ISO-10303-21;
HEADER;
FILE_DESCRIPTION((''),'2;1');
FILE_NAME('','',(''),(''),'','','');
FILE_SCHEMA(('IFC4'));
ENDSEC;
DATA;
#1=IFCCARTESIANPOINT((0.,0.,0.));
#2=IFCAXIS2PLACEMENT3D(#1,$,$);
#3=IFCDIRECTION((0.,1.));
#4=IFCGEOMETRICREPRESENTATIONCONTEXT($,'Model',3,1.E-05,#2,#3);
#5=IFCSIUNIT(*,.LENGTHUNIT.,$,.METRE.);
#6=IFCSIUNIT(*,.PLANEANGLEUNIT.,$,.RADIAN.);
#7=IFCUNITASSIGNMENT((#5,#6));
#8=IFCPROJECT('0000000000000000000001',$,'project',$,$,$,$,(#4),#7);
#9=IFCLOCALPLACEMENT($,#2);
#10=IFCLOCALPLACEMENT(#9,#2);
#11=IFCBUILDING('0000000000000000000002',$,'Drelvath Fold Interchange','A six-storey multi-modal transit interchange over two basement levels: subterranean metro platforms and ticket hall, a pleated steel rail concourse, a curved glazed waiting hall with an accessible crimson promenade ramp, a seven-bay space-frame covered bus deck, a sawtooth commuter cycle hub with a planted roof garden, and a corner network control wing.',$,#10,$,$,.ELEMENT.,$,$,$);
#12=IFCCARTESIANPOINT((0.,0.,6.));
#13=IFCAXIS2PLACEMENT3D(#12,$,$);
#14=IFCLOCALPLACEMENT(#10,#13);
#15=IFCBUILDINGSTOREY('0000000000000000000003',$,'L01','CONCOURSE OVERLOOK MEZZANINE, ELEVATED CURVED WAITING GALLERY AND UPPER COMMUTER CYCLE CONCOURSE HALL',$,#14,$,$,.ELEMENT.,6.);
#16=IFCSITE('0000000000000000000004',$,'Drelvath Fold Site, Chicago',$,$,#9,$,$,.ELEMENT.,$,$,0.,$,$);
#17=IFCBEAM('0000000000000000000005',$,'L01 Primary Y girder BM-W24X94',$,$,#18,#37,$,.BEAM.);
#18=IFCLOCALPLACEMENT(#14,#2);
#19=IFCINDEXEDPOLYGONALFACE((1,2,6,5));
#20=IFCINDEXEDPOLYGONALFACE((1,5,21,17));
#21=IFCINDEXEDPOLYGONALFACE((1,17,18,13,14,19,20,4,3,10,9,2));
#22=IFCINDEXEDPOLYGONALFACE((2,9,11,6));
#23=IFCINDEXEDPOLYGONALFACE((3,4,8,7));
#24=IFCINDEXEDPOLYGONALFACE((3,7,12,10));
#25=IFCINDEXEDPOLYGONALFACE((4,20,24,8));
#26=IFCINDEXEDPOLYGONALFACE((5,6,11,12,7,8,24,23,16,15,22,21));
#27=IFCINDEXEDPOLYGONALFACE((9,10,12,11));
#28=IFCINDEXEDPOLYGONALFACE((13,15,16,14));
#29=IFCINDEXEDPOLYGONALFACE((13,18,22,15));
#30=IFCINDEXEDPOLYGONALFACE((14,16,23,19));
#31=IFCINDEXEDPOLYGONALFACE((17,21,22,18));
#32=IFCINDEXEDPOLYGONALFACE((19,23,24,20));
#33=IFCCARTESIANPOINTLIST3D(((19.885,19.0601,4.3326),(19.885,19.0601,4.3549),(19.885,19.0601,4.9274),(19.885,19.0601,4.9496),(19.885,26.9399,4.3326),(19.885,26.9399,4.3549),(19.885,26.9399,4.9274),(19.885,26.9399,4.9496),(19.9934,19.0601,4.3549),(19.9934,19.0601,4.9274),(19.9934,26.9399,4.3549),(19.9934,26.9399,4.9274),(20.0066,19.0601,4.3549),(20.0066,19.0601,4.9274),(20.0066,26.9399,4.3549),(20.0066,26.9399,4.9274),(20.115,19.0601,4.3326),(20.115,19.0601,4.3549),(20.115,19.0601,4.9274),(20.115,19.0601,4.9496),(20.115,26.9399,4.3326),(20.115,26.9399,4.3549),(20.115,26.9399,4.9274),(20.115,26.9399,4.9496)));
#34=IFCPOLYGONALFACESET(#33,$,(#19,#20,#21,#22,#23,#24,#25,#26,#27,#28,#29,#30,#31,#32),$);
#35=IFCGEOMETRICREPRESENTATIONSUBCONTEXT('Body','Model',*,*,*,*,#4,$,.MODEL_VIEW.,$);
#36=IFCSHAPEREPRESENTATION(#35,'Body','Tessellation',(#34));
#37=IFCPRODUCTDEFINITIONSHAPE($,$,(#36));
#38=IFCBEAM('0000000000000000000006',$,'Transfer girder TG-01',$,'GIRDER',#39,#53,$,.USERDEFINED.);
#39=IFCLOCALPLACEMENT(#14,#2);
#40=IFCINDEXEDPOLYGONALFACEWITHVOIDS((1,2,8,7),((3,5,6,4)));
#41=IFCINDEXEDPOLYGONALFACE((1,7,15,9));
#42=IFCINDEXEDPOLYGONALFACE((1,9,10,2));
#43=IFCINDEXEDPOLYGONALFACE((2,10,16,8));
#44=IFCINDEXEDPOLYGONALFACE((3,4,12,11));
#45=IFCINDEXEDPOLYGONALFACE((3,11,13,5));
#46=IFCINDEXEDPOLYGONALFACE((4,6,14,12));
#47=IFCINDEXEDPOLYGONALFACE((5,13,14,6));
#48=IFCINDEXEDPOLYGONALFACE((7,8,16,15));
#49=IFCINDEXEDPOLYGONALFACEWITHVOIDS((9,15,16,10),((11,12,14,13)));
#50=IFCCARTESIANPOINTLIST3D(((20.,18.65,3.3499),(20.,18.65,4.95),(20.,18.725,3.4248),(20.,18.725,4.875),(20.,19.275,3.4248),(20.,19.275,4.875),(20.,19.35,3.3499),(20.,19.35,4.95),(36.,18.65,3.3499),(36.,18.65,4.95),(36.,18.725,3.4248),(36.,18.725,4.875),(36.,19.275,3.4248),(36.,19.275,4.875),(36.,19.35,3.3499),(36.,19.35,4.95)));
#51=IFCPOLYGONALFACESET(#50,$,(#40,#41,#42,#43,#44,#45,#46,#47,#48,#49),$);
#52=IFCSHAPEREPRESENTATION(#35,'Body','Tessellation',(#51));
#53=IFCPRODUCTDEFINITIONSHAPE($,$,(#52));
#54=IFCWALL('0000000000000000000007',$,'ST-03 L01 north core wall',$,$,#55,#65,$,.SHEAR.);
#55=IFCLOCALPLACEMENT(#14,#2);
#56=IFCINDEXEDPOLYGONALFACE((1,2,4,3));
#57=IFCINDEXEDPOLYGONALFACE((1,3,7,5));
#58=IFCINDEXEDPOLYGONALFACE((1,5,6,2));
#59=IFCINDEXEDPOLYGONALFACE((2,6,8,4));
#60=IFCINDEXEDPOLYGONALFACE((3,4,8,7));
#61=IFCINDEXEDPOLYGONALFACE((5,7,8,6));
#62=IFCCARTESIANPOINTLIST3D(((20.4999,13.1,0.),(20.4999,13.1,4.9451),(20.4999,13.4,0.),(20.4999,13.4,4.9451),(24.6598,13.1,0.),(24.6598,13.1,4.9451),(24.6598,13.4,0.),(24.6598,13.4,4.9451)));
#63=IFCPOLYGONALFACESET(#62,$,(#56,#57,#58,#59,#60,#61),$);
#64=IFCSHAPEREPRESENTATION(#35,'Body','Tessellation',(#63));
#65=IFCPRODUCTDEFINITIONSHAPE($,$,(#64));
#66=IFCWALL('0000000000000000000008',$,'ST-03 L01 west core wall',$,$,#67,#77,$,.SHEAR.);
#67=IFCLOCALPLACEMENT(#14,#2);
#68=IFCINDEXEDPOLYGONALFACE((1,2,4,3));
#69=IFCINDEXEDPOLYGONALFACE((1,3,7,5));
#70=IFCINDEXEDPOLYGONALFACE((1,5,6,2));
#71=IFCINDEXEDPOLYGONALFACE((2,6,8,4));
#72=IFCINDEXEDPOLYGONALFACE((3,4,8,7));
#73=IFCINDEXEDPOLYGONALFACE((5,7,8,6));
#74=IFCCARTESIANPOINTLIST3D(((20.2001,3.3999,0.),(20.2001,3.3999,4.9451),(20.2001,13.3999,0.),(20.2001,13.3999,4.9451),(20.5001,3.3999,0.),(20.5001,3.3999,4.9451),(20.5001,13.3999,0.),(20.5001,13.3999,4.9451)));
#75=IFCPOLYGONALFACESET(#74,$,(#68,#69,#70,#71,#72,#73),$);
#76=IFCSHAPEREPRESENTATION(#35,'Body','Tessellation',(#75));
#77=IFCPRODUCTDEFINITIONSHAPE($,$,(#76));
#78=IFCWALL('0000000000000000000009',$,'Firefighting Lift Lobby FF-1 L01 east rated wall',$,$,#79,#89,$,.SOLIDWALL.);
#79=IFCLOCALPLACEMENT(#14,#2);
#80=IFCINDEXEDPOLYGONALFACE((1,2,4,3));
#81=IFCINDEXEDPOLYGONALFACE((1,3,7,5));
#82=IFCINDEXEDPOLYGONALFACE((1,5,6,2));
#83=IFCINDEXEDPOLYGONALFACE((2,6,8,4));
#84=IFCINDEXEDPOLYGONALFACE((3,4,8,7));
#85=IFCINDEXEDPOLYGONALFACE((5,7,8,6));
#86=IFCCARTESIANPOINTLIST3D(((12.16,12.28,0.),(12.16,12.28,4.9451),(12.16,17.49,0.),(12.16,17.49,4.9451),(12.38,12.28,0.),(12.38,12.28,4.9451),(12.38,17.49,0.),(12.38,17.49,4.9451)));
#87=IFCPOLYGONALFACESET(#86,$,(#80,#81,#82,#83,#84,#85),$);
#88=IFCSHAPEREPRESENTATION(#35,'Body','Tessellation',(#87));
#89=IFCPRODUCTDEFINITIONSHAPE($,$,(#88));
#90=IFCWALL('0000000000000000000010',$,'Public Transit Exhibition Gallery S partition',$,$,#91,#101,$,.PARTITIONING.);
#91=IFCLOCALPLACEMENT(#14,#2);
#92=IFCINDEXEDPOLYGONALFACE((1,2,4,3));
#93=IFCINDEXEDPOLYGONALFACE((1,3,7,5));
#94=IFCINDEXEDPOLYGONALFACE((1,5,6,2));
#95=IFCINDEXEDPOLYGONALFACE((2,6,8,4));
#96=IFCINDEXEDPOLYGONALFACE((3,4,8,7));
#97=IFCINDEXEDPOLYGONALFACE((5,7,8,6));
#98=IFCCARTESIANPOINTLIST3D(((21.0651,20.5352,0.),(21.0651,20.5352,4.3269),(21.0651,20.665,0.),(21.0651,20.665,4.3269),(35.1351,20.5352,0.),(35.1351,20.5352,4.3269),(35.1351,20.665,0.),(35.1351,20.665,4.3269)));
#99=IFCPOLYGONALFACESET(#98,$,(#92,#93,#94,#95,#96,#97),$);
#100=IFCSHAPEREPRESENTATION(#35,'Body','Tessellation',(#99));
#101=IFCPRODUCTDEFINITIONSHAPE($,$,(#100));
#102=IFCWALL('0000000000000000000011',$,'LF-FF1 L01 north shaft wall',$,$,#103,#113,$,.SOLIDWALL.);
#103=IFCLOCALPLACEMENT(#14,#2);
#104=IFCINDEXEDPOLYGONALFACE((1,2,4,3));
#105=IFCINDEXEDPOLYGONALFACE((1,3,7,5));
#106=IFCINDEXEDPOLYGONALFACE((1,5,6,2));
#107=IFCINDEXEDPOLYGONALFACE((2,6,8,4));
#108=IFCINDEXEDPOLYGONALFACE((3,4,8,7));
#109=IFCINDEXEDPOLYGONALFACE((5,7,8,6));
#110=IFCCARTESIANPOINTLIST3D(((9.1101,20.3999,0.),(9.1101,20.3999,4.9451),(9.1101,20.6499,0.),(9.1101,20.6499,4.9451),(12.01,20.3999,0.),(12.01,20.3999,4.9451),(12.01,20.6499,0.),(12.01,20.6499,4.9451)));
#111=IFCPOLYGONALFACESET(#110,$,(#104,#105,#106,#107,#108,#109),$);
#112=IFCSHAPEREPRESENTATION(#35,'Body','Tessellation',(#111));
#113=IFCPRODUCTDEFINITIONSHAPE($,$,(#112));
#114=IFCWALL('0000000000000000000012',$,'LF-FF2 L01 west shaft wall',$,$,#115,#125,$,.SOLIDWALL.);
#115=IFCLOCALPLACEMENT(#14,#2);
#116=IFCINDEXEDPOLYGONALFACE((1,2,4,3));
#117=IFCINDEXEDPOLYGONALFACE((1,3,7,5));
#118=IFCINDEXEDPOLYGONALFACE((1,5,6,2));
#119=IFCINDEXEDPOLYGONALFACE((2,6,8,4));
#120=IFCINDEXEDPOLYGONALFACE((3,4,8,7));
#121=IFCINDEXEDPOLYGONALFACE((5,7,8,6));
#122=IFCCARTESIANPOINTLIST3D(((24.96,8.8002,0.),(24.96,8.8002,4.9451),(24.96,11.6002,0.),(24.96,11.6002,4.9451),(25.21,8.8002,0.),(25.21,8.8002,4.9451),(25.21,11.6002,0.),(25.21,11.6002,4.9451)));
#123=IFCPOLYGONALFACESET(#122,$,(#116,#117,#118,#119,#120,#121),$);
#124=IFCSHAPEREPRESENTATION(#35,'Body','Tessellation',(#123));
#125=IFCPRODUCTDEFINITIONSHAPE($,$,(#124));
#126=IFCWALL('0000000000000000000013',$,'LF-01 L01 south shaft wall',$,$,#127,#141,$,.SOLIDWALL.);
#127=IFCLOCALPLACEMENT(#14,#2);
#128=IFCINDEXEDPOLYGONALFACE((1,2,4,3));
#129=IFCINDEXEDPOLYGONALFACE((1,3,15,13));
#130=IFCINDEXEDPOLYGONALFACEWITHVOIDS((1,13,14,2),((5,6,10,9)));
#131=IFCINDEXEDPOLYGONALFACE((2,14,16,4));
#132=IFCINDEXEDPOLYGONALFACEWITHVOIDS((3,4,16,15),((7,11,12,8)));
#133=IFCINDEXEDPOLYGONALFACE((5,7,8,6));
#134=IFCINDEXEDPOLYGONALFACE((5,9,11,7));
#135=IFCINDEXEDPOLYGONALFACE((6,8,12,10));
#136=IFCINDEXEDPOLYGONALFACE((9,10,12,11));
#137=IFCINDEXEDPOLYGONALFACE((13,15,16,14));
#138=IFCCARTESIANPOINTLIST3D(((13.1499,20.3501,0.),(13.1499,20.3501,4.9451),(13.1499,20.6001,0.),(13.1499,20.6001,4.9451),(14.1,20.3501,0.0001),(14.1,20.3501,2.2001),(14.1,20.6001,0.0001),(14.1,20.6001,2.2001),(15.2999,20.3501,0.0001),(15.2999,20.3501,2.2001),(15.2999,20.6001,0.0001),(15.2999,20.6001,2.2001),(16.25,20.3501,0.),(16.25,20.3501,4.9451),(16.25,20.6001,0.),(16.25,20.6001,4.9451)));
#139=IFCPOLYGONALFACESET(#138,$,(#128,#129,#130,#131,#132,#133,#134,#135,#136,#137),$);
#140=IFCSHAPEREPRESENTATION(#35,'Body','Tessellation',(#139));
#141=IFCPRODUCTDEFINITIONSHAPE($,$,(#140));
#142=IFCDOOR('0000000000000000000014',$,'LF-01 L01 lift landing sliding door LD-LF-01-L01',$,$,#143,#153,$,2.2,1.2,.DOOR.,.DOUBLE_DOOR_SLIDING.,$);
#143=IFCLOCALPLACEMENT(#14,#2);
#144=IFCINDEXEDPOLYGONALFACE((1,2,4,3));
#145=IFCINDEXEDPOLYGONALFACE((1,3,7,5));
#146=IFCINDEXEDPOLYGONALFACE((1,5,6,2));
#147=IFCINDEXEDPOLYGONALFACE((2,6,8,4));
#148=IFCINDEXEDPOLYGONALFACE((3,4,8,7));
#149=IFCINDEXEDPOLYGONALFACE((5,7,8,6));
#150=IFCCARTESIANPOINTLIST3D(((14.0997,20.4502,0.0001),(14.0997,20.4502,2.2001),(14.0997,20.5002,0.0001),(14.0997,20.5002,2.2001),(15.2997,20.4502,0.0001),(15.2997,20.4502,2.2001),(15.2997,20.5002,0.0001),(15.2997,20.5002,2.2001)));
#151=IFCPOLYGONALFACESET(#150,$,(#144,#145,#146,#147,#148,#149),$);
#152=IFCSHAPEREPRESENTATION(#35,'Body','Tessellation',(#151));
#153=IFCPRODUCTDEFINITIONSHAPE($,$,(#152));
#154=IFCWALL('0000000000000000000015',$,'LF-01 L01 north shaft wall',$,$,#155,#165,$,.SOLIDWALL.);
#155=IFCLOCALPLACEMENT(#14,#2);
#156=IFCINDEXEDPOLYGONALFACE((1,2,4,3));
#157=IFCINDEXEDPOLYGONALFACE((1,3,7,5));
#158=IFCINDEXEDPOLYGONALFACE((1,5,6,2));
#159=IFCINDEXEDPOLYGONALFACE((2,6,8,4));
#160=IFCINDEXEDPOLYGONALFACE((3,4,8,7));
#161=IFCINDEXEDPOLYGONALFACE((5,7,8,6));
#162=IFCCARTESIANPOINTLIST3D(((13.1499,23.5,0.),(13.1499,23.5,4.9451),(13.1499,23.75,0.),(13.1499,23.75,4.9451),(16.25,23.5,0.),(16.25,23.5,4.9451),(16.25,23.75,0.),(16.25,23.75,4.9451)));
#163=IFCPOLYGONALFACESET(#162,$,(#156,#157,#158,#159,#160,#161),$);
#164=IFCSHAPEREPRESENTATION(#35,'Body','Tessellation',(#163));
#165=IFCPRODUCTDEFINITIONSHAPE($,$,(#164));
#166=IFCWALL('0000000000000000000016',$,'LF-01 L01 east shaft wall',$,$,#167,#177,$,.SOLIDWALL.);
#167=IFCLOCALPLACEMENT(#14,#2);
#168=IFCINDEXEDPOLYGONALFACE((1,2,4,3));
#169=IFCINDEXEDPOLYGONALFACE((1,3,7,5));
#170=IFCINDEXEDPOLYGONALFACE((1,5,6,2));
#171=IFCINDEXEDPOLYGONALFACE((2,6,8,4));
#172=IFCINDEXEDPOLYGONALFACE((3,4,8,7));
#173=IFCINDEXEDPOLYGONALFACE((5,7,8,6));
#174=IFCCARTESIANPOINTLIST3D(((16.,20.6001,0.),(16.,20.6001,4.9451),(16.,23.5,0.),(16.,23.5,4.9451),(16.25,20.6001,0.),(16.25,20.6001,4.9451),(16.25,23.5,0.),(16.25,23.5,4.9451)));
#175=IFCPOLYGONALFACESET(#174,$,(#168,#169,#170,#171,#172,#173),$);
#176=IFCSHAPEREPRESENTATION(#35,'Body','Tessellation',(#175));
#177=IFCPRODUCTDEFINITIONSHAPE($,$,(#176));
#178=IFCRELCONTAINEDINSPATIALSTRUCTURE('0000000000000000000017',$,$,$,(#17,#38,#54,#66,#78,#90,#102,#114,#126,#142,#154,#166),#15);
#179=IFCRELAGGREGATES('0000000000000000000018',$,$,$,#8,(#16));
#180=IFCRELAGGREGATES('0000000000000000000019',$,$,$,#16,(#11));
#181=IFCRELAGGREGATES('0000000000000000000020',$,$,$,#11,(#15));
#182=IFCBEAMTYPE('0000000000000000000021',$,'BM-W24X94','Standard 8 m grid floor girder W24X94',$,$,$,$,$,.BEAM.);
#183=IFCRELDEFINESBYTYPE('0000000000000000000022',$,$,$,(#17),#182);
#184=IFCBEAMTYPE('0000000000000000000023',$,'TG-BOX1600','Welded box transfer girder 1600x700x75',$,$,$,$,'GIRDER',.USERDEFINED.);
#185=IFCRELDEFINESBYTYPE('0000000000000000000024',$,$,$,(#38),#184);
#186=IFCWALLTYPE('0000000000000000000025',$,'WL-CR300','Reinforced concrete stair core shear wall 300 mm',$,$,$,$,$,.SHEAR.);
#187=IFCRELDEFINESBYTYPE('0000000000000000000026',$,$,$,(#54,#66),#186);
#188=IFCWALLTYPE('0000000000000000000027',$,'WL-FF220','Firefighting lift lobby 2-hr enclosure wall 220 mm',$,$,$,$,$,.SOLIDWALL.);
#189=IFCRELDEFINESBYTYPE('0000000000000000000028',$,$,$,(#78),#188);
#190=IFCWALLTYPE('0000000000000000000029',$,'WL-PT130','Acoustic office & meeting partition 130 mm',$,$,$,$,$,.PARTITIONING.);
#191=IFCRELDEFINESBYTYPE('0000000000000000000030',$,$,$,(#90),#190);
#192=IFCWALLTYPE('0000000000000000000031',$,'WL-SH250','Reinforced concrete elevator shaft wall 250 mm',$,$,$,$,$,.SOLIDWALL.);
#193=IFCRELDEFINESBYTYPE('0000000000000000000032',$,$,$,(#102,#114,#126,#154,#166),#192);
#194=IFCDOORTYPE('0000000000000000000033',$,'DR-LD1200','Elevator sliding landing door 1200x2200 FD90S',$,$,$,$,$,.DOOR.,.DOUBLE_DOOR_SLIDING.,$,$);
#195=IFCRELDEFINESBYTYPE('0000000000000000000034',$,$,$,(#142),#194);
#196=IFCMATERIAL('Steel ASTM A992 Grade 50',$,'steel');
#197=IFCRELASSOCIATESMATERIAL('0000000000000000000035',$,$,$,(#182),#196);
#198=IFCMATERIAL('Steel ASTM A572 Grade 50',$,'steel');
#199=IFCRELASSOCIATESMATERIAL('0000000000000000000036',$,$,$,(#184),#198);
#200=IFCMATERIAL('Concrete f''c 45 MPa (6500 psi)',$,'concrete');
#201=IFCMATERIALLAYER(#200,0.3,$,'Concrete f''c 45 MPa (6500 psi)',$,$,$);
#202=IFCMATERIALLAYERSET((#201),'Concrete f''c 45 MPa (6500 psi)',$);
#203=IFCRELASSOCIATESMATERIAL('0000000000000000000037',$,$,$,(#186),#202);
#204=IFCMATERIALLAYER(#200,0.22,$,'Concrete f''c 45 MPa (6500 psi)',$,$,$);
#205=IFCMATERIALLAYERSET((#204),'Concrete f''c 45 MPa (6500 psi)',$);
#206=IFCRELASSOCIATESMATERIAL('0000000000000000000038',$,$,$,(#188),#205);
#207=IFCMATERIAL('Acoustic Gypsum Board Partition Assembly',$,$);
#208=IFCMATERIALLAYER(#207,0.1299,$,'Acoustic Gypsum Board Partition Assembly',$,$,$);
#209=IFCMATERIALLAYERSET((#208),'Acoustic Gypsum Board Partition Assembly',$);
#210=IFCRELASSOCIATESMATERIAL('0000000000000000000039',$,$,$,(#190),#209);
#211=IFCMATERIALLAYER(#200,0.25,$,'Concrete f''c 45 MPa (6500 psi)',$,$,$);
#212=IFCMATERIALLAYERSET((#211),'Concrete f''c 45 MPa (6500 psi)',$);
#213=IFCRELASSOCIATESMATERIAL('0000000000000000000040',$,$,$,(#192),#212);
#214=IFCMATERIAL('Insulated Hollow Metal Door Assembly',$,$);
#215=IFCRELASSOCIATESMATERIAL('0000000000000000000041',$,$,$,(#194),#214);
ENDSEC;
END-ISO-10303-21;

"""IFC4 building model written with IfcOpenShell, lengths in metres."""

from ifc_helpers import new_model, si_unit, direction, frame, frame_2d, origin, origin_2d, place, context, subcontext, project, spatial, rectangle, hollow_rectangle, i_section, extrude, material, layer, layer_set, material_profile, profile_set, type_object, element, fill, save


model = new_model("IFC4")

# Units and contexts
model_context = context("Model", 3, precision=1e-05, world=origin(), true_north=direction((0.0, 1.0)))
body_context = subcontext(model_context, "Body", "Model", "MODEL_VIEW")
ifc_project = project(units=[si_unit("LENGTHUNIT", "METRE"), si_unit("PLANEANGLEUNIT", "RADIAN")], contexts=[model_context])

# Site, building, storey
site_placement = place(None, origin())
site = spatial("IfcSite", under=ifc_project, at=site_placement, Name="Drelvath Fold Site, Chicago", CompositionType="ELEMENT", RefElevation=0.0)
building_placement = place(site_placement, origin())
building = spatial("IfcBuilding", under=site, at=building_placement, Name="Drelvath Fold Interchange", Description="A six-storey multi-modal transit interchange over two basement levels: subterranean metro platforms and ticket hall, a pleated steel rail concourse, a curved glazed waiting hall with an accessible crimson promenade ramp, a seven-bay space-frame covered bus deck, a sawtooth commuter cycle hub with a planted roof garden, and a corner network control wing.", CompositionType="ELEMENT")
storey_placement = place(building_placement, frame((0.0, 0.0, 6.0)))
storey = spatial("IfcBuildingStorey", under=building, at=storey_placement, Name="L01", Description="CONCOURSE OVERLOOK MEZZANINE, ELEVATED CURVED WAITING GALLERY AND UPPER COMMUTER CYCLE CONCOURSE HALL", CompositionType="ELEMENT", Elevation=6.0)

# Shared definitions
ifc_material_1 = material(Name="Steel ASTM A992 Grade 50", Category="steel")

# Beams
ifc_material_profile_1 = material_profile(ifc_material_1, i_section(OverallWidth=0.23, OverallDepth=0.6169, WebThickness=0.0132, FlangeThickness=0.0222, at=origin_2d()), Name="W24X94")
ifc_profile_set_1 = profile_set([ifc_material_profile_1], Name="Steel ASTM A992 Grade 50")
beam_type_1 = type_object("IfcBeamType", Name="BM-W24X94", Description="Standard 8 m grid floor girder W24X94", PredefinedType="BEAM", material=ifc_profile_set_1)
for number, where, z_axis, x_axis, name in (
    (1, (20.0, 19.0601, 4.6411), (0.0, 1.0, 0.0), (-1.0, 0.0, 0.0), "L01 Primary Y girder BM-W24X94"),
):
    element("IfcBeam", number, at=place(storey_placement, frame(where, z_axis=z_axis, x_axis=x_axis)), inside=storey, type_object=beam_type_1, Name=name, PredefinedType="BEAM", context=body_context, shape_type="SweptSolid", body=[
        extrude(i_section(OverallWidth=0.23, OverallDepth=0.6169, WebThickness=0.0132, FlangeThickness=0.0222, at=origin_2d()), origin(), (0.0, 0.0, 1.0), 7.8799),
    ])
ifc_material_2 = material(Name="Steel ASTM A572 Grade 50", Category="steel")
ifc_material_profile_2 = material_profile(ifc_material_2, hollow_rectangle(XDim=0.7, YDim=1.6001, WallThickness=0.075, at=origin_2d()), Name="BOX 1600x700x75")
ifc_profile_set_2 = profile_set([ifc_material_profile_2], Name="Steel ASTM A572 Grade 50")
beam_type_2 = type_object("IfcBeamType", Name="TG-BOX1600", Description="Welded box transfer girder 1600x700x75", ElementType="GIRDER", PredefinedType="USERDEFINED", material=ifc_profile_set_2)
beam_placement = place(storey_placement, frame((20.0, 19.0, 4.1499), z_axis=(1.0, 0.0, 0.0), x_axis=(0.0, 1.0, 0.0)))
element("IfcBeam", 2, at=beam_placement, inside=storey, type_object=beam_type_2, Name="Transfer girder TG-01", ObjectType="GIRDER", PredefinedType="USERDEFINED", context=body_context, shape_type="SweptSolid", body=[
    extrude(hollow_rectangle(XDim=0.7, YDim=1.6001, WallThickness=0.075, at=origin_2d()), origin(), (0.0, 0.0, 1.0), 16.0),
])

# Walls
ifc_material_3 = material(Name="Concrete f'c 45 MPa (6500 psi)", Category="concrete")
ifc_layer_1 = layer(ifc_material_3, 0.3, Name="Concrete f'c 45 MPa (6500 psi)")
ifc_layer_set_1 = layer_set([ifc_layer_1], Name="Concrete f'c 45 MPa (6500 psi)")
wall_type_1 = type_object("IfcWallType", Name="WL-CR300", Description="Reinforced concrete stair core shear wall 300 mm", PredefinedType="SHEAR", material=ifc_layer_set_1)
wall_1_placement = place(storey_placement, frame((24.6599, 13.25, 0.0), z_axis=(0.0, 0.0, 1.0), x_axis=(-1.0, 0.0, 0.0)))
element("IfcWall", 3, at=wall_1_placement, inside=storey, type_object=wall_type_1, Name="ST-03 L01 north core wall", PredefinedType="SHEAR", context=body_context, shape_type="SweptSolid", body=[
    extrude(rectangle(XDim=4.1599, YDim=0.3, at=frame_2d((2.0801, 0.0))), origin(), (0.0, 0.0, 1.0), 4.9451),
])
wall_2_placement = place(storey_placement, frame((20.3501, 13.3999, 0.0), z_axis=(0.0, 0.0, 1.0), x_axis=(0.0, -1.0, 0.0)))
element("IfcWall", 4, at=wall_2_placement, inside=storey, type_object=wall_type_1, Name="ST-03 L01 west core wall", PredefinedType="SHEAR", context=body_context, shape_type="SweptSolid", body=[
    extrude(rectangle(XDim=10.0, YDim=0.3, at=frame_2d((5.0, 0.0))), origin(), (0.0, 0.0, 1.0), 4.9451),
])
ifc_layer_2 = layer(ifc_material_3, 0.22, Name="Concrete f'c 45 MPa (6500 psi)")
ifc_layer_set_2 = layer_set([ifc_layer_2], Name="Concrete f'c 45 MPa (6500 psi)")
wall_type_2 = type_object("IfcWallType", Name="WL-FF220", Description="Firefighting lift lobby 2-hr enclosure wall 220 mm", PredefinedType="SOLIDWALL", material=ifc_layer_set_2)
wall_3_placement = place(storey_placement, frame((12.27, 12.28, 0.0), z_axis=(0.0, 0.0, 1.0), x_axis=(0.0, 1.0, 0.0)))
element("IfcWall", 5, at=wall_3_placement, inside=storey, type_object=wall_type_2, Name="Firefighting Lift Lobby FF-1 L01 east rated wall", PredefinedType="SOLIDWALL", context=body_context, shape_type="SweptSolid", body=[
    extrude(rectangle(XDim=5.21, YDim=0.22, at=frame_2d((2.605, 0.0))), origin(), (0.0, 0.0, 1.0), 4.9451),
])
ifc_material_4 = material(Name="Acoustic Gypsum Board Partition Assembly")
ifc_layer_3 = layer(ifc_material_4, 0.1299, Name="Acoustic Gypsum Board Partition Assembly")
ifc_layer_set_3 = layer_set([ifc_layer_3], Name="Acoustic Gypsum Board Partition Assembly")
wall_type_3 = type_object("IfcWallType", Name="WL-PT130", Description="Acoustic office & meeting partition 130 mm", PredefinedType="PARTITIONING", material=ifc_layer_set_3)
wall_4_placement = place(storey_placement, frame((21.0649, 20.6001, 0.0), z_axis=(0.0, 0.0, 1.0), x_axis=(1.0, 0.0, 0.0)))
element("IfcWall", 6, at=wall_4_placement, inside=storey, type_object=wall_type_3, Name="Public Transit Exhibition Gallery S partition", PredefinedType="PARTITIONING", context=body_context, shape_type="SweptSolid", body=[
    extrude(rectangle(XDim=14.0701, YDim=0.1299, at=frame_2d((7.0352, 0.0))), origin(), (0.0, 0.0, 1.0), 4.3269),
])
ifc_layer_4 = layer(ifc_material_3, 0.25, Name="Concrete f'c 45 MPa (6500 psi)")
ifc_layer_set_4 = layer_set([ifc_layer_4], Name="Concrete f'c 45 MPa (6500 psi)")
wall_type_4 = type_object("IfcWallType", Name="WL-SH250", Description="Reinforced concrete elevator shaft wall 250 mm", PredefinedType="SOLIDWALL", material=ifc_layer_set_4)
wall_5_placement = place(storey_placement, frame((12.01, 20.5249, 0.0), z_axis=(0.0, 0.0, 1.0), x_axis=(-1.0, 0.0, 0.0)))
element("IfcWall", 7, at=wall_5_placement, inside=storey, type_object=wall_type_4, Name="LF-FF1 L01 north shaft wall", PredefinedType="SOLIDWALL", context=body_context, shape_type="SweptSolid", body=[
    extrude(rectangle(XDim=2.8999, YDim=0.25, at=frame_2d((1.45, 0.0))), origin(), (0.0, 0.0, 1.0), 4.9451),
])
wall_6_placement = place(storey_placement, frame((25.085, 11.6001, 0.0), z_axis=(0.0, 0.0, 1.0), x_axis=(0.0, -1.0, 0.0)))
element("IfcWall", 8, at=wall_6_placement, inside=storey, type_object=wall_type_4, Name="LF-FF2 L01 west shaft wall", PredefinedType="SOLIDWALL", context=body_context, shape_type="SweptSolid", body=[
    extrude(rectangle(XDim=2.8, YDim=0.25, at=frame_2d((1.3999, 0.0))), origin(), (0.0, 0.0, 1.0), 4.9451),
])

# Wall, opening, door
wall_7_placement = place(storey_placement, frame((13.1499, 20.4751, 0.0), z_axis=(0.0, 0.0, 1.0), x_axis=(1.0, 0.0, 0.0)))
wall_7 = element("IfcWall", 9, at=wall_7_placement, inside=storey, type_object=wall_type_4, Name="LF-01 L01 south shaft wall", PredefinedType="SOLIDWALL", context=body_context, shape_type="SweptSolid", body=[
    extrude(rectangle(XDim=3.1001, YDim=0.25, at=frame_2d((1.55, 0.0))), origin(), (0.0, 0.0, 1.0), 4.9451),
])
opening_1_placement = place(wall_7_placement, frame((0.95, 0.0, 0.0)))
opening_1 = element("IfcOpeningElement", 10, at=opening_1_placement, cuts=wall_7, PredefinedType="OPENING", context=body_context, shape_type="SweptSolid", body=[
    extrude(rectangle(XDim=1.2, YDim=2.2, at=frame_2d((0.6001, 1.1001))), frame((0.0, 0.135, 0.0), z_axis=(0.0, -1.0, 0.0), x_axis=(1.0, 0.0, 0.0)), (0.0, 0.0, 1.0), 0.27),
])
ifc_material_5 = material(Name="Insulated Hollow Metal Door Assembly")
door_type = type_object("IfcDoorType", Name="DR-LD1200", Description="Elevator sliding landing door 1200x2200 FD90S", OperationType="DOUBLE_DOOR_SLIDING", PredefinedType="DOOR", material=ifc_material_5)
door_1_placement = place(opening_1_placement, frame((1.2, 0.0, 0.0), z_axis=(0.0, 0.0, 1.0), x_axis=(-1.0, 0.0, 0.0)))
door_1 = element("IfcDoor", 11, at=door_1_placement, inside=storey, type_object=door_type, Name="LF-01 L01 lift landing sliding door LD-LF-01-L01", OperationType="DOUBLE_DOOR_SLIDING", OverallHeight=2.2, OverallWidth=1.2, PredefinedType="DOOR", context=body_context, shape_type="SweptSolid", body=[
    extrude(rectangle(XDim=1.2, YDim=2.2, at=frame_2d((0.6001, 1.1001))), frame((0.0, 0.0249, 0.0), z_axis=(0.0, -1.0, 0.0), x_axis=(1.0, 0.0, 0.0)), (0.0, 0.0, 1.0), 0.05),
])
fill(opening_1, door_1)

# Walls
wall_8_placement = place(storey_placement, frame((16.25, 23.625, 0.0), z_axis=(0.0, 0.0, 1.0), x_axis=(-1.0, 0.0, 0.0)))
element("IfcWall", 12, at=wall_8_placement, inside=storey, type_object=wall_type_4, Name="LF-01 L01 north shaft wall", PredefinedType="SOLIDWALL", context=body_context, shape_type="SweptSolid", body=[
    extrude(rectangle(XDim=3.1001, YDim=0.25, at=frame_2d((1.55, 0.0))), origin(), (0.0, 0.0, 1.0), 4.9451),
])
for number, where, z_axis, x_axis, name in (
    (13, (16.125, 20.6001, 0.0), (0.0, 0.0, 1.0), (0.0, 1.0, 0.0), "LF-01 L01 east shaft wall"),
):
    element("IfcWall", number, at=place(storey_placement, frame(where, z_axis=z_axis, x_axis=x_axis)), inside=storey, type_object=wall_type_4, Name=name, PredefinedType="SOLIDWALL", context=body_context, shape_type="SweptSolid", body=[
        extrude(rectangle(XDim=2.8999, YDim=0.25, at=frame_2d((1.45, 0.0))), origin(), (0.0, 0.0, 1.0), 4.9451),
    ])

save(model, "model.ifc")
